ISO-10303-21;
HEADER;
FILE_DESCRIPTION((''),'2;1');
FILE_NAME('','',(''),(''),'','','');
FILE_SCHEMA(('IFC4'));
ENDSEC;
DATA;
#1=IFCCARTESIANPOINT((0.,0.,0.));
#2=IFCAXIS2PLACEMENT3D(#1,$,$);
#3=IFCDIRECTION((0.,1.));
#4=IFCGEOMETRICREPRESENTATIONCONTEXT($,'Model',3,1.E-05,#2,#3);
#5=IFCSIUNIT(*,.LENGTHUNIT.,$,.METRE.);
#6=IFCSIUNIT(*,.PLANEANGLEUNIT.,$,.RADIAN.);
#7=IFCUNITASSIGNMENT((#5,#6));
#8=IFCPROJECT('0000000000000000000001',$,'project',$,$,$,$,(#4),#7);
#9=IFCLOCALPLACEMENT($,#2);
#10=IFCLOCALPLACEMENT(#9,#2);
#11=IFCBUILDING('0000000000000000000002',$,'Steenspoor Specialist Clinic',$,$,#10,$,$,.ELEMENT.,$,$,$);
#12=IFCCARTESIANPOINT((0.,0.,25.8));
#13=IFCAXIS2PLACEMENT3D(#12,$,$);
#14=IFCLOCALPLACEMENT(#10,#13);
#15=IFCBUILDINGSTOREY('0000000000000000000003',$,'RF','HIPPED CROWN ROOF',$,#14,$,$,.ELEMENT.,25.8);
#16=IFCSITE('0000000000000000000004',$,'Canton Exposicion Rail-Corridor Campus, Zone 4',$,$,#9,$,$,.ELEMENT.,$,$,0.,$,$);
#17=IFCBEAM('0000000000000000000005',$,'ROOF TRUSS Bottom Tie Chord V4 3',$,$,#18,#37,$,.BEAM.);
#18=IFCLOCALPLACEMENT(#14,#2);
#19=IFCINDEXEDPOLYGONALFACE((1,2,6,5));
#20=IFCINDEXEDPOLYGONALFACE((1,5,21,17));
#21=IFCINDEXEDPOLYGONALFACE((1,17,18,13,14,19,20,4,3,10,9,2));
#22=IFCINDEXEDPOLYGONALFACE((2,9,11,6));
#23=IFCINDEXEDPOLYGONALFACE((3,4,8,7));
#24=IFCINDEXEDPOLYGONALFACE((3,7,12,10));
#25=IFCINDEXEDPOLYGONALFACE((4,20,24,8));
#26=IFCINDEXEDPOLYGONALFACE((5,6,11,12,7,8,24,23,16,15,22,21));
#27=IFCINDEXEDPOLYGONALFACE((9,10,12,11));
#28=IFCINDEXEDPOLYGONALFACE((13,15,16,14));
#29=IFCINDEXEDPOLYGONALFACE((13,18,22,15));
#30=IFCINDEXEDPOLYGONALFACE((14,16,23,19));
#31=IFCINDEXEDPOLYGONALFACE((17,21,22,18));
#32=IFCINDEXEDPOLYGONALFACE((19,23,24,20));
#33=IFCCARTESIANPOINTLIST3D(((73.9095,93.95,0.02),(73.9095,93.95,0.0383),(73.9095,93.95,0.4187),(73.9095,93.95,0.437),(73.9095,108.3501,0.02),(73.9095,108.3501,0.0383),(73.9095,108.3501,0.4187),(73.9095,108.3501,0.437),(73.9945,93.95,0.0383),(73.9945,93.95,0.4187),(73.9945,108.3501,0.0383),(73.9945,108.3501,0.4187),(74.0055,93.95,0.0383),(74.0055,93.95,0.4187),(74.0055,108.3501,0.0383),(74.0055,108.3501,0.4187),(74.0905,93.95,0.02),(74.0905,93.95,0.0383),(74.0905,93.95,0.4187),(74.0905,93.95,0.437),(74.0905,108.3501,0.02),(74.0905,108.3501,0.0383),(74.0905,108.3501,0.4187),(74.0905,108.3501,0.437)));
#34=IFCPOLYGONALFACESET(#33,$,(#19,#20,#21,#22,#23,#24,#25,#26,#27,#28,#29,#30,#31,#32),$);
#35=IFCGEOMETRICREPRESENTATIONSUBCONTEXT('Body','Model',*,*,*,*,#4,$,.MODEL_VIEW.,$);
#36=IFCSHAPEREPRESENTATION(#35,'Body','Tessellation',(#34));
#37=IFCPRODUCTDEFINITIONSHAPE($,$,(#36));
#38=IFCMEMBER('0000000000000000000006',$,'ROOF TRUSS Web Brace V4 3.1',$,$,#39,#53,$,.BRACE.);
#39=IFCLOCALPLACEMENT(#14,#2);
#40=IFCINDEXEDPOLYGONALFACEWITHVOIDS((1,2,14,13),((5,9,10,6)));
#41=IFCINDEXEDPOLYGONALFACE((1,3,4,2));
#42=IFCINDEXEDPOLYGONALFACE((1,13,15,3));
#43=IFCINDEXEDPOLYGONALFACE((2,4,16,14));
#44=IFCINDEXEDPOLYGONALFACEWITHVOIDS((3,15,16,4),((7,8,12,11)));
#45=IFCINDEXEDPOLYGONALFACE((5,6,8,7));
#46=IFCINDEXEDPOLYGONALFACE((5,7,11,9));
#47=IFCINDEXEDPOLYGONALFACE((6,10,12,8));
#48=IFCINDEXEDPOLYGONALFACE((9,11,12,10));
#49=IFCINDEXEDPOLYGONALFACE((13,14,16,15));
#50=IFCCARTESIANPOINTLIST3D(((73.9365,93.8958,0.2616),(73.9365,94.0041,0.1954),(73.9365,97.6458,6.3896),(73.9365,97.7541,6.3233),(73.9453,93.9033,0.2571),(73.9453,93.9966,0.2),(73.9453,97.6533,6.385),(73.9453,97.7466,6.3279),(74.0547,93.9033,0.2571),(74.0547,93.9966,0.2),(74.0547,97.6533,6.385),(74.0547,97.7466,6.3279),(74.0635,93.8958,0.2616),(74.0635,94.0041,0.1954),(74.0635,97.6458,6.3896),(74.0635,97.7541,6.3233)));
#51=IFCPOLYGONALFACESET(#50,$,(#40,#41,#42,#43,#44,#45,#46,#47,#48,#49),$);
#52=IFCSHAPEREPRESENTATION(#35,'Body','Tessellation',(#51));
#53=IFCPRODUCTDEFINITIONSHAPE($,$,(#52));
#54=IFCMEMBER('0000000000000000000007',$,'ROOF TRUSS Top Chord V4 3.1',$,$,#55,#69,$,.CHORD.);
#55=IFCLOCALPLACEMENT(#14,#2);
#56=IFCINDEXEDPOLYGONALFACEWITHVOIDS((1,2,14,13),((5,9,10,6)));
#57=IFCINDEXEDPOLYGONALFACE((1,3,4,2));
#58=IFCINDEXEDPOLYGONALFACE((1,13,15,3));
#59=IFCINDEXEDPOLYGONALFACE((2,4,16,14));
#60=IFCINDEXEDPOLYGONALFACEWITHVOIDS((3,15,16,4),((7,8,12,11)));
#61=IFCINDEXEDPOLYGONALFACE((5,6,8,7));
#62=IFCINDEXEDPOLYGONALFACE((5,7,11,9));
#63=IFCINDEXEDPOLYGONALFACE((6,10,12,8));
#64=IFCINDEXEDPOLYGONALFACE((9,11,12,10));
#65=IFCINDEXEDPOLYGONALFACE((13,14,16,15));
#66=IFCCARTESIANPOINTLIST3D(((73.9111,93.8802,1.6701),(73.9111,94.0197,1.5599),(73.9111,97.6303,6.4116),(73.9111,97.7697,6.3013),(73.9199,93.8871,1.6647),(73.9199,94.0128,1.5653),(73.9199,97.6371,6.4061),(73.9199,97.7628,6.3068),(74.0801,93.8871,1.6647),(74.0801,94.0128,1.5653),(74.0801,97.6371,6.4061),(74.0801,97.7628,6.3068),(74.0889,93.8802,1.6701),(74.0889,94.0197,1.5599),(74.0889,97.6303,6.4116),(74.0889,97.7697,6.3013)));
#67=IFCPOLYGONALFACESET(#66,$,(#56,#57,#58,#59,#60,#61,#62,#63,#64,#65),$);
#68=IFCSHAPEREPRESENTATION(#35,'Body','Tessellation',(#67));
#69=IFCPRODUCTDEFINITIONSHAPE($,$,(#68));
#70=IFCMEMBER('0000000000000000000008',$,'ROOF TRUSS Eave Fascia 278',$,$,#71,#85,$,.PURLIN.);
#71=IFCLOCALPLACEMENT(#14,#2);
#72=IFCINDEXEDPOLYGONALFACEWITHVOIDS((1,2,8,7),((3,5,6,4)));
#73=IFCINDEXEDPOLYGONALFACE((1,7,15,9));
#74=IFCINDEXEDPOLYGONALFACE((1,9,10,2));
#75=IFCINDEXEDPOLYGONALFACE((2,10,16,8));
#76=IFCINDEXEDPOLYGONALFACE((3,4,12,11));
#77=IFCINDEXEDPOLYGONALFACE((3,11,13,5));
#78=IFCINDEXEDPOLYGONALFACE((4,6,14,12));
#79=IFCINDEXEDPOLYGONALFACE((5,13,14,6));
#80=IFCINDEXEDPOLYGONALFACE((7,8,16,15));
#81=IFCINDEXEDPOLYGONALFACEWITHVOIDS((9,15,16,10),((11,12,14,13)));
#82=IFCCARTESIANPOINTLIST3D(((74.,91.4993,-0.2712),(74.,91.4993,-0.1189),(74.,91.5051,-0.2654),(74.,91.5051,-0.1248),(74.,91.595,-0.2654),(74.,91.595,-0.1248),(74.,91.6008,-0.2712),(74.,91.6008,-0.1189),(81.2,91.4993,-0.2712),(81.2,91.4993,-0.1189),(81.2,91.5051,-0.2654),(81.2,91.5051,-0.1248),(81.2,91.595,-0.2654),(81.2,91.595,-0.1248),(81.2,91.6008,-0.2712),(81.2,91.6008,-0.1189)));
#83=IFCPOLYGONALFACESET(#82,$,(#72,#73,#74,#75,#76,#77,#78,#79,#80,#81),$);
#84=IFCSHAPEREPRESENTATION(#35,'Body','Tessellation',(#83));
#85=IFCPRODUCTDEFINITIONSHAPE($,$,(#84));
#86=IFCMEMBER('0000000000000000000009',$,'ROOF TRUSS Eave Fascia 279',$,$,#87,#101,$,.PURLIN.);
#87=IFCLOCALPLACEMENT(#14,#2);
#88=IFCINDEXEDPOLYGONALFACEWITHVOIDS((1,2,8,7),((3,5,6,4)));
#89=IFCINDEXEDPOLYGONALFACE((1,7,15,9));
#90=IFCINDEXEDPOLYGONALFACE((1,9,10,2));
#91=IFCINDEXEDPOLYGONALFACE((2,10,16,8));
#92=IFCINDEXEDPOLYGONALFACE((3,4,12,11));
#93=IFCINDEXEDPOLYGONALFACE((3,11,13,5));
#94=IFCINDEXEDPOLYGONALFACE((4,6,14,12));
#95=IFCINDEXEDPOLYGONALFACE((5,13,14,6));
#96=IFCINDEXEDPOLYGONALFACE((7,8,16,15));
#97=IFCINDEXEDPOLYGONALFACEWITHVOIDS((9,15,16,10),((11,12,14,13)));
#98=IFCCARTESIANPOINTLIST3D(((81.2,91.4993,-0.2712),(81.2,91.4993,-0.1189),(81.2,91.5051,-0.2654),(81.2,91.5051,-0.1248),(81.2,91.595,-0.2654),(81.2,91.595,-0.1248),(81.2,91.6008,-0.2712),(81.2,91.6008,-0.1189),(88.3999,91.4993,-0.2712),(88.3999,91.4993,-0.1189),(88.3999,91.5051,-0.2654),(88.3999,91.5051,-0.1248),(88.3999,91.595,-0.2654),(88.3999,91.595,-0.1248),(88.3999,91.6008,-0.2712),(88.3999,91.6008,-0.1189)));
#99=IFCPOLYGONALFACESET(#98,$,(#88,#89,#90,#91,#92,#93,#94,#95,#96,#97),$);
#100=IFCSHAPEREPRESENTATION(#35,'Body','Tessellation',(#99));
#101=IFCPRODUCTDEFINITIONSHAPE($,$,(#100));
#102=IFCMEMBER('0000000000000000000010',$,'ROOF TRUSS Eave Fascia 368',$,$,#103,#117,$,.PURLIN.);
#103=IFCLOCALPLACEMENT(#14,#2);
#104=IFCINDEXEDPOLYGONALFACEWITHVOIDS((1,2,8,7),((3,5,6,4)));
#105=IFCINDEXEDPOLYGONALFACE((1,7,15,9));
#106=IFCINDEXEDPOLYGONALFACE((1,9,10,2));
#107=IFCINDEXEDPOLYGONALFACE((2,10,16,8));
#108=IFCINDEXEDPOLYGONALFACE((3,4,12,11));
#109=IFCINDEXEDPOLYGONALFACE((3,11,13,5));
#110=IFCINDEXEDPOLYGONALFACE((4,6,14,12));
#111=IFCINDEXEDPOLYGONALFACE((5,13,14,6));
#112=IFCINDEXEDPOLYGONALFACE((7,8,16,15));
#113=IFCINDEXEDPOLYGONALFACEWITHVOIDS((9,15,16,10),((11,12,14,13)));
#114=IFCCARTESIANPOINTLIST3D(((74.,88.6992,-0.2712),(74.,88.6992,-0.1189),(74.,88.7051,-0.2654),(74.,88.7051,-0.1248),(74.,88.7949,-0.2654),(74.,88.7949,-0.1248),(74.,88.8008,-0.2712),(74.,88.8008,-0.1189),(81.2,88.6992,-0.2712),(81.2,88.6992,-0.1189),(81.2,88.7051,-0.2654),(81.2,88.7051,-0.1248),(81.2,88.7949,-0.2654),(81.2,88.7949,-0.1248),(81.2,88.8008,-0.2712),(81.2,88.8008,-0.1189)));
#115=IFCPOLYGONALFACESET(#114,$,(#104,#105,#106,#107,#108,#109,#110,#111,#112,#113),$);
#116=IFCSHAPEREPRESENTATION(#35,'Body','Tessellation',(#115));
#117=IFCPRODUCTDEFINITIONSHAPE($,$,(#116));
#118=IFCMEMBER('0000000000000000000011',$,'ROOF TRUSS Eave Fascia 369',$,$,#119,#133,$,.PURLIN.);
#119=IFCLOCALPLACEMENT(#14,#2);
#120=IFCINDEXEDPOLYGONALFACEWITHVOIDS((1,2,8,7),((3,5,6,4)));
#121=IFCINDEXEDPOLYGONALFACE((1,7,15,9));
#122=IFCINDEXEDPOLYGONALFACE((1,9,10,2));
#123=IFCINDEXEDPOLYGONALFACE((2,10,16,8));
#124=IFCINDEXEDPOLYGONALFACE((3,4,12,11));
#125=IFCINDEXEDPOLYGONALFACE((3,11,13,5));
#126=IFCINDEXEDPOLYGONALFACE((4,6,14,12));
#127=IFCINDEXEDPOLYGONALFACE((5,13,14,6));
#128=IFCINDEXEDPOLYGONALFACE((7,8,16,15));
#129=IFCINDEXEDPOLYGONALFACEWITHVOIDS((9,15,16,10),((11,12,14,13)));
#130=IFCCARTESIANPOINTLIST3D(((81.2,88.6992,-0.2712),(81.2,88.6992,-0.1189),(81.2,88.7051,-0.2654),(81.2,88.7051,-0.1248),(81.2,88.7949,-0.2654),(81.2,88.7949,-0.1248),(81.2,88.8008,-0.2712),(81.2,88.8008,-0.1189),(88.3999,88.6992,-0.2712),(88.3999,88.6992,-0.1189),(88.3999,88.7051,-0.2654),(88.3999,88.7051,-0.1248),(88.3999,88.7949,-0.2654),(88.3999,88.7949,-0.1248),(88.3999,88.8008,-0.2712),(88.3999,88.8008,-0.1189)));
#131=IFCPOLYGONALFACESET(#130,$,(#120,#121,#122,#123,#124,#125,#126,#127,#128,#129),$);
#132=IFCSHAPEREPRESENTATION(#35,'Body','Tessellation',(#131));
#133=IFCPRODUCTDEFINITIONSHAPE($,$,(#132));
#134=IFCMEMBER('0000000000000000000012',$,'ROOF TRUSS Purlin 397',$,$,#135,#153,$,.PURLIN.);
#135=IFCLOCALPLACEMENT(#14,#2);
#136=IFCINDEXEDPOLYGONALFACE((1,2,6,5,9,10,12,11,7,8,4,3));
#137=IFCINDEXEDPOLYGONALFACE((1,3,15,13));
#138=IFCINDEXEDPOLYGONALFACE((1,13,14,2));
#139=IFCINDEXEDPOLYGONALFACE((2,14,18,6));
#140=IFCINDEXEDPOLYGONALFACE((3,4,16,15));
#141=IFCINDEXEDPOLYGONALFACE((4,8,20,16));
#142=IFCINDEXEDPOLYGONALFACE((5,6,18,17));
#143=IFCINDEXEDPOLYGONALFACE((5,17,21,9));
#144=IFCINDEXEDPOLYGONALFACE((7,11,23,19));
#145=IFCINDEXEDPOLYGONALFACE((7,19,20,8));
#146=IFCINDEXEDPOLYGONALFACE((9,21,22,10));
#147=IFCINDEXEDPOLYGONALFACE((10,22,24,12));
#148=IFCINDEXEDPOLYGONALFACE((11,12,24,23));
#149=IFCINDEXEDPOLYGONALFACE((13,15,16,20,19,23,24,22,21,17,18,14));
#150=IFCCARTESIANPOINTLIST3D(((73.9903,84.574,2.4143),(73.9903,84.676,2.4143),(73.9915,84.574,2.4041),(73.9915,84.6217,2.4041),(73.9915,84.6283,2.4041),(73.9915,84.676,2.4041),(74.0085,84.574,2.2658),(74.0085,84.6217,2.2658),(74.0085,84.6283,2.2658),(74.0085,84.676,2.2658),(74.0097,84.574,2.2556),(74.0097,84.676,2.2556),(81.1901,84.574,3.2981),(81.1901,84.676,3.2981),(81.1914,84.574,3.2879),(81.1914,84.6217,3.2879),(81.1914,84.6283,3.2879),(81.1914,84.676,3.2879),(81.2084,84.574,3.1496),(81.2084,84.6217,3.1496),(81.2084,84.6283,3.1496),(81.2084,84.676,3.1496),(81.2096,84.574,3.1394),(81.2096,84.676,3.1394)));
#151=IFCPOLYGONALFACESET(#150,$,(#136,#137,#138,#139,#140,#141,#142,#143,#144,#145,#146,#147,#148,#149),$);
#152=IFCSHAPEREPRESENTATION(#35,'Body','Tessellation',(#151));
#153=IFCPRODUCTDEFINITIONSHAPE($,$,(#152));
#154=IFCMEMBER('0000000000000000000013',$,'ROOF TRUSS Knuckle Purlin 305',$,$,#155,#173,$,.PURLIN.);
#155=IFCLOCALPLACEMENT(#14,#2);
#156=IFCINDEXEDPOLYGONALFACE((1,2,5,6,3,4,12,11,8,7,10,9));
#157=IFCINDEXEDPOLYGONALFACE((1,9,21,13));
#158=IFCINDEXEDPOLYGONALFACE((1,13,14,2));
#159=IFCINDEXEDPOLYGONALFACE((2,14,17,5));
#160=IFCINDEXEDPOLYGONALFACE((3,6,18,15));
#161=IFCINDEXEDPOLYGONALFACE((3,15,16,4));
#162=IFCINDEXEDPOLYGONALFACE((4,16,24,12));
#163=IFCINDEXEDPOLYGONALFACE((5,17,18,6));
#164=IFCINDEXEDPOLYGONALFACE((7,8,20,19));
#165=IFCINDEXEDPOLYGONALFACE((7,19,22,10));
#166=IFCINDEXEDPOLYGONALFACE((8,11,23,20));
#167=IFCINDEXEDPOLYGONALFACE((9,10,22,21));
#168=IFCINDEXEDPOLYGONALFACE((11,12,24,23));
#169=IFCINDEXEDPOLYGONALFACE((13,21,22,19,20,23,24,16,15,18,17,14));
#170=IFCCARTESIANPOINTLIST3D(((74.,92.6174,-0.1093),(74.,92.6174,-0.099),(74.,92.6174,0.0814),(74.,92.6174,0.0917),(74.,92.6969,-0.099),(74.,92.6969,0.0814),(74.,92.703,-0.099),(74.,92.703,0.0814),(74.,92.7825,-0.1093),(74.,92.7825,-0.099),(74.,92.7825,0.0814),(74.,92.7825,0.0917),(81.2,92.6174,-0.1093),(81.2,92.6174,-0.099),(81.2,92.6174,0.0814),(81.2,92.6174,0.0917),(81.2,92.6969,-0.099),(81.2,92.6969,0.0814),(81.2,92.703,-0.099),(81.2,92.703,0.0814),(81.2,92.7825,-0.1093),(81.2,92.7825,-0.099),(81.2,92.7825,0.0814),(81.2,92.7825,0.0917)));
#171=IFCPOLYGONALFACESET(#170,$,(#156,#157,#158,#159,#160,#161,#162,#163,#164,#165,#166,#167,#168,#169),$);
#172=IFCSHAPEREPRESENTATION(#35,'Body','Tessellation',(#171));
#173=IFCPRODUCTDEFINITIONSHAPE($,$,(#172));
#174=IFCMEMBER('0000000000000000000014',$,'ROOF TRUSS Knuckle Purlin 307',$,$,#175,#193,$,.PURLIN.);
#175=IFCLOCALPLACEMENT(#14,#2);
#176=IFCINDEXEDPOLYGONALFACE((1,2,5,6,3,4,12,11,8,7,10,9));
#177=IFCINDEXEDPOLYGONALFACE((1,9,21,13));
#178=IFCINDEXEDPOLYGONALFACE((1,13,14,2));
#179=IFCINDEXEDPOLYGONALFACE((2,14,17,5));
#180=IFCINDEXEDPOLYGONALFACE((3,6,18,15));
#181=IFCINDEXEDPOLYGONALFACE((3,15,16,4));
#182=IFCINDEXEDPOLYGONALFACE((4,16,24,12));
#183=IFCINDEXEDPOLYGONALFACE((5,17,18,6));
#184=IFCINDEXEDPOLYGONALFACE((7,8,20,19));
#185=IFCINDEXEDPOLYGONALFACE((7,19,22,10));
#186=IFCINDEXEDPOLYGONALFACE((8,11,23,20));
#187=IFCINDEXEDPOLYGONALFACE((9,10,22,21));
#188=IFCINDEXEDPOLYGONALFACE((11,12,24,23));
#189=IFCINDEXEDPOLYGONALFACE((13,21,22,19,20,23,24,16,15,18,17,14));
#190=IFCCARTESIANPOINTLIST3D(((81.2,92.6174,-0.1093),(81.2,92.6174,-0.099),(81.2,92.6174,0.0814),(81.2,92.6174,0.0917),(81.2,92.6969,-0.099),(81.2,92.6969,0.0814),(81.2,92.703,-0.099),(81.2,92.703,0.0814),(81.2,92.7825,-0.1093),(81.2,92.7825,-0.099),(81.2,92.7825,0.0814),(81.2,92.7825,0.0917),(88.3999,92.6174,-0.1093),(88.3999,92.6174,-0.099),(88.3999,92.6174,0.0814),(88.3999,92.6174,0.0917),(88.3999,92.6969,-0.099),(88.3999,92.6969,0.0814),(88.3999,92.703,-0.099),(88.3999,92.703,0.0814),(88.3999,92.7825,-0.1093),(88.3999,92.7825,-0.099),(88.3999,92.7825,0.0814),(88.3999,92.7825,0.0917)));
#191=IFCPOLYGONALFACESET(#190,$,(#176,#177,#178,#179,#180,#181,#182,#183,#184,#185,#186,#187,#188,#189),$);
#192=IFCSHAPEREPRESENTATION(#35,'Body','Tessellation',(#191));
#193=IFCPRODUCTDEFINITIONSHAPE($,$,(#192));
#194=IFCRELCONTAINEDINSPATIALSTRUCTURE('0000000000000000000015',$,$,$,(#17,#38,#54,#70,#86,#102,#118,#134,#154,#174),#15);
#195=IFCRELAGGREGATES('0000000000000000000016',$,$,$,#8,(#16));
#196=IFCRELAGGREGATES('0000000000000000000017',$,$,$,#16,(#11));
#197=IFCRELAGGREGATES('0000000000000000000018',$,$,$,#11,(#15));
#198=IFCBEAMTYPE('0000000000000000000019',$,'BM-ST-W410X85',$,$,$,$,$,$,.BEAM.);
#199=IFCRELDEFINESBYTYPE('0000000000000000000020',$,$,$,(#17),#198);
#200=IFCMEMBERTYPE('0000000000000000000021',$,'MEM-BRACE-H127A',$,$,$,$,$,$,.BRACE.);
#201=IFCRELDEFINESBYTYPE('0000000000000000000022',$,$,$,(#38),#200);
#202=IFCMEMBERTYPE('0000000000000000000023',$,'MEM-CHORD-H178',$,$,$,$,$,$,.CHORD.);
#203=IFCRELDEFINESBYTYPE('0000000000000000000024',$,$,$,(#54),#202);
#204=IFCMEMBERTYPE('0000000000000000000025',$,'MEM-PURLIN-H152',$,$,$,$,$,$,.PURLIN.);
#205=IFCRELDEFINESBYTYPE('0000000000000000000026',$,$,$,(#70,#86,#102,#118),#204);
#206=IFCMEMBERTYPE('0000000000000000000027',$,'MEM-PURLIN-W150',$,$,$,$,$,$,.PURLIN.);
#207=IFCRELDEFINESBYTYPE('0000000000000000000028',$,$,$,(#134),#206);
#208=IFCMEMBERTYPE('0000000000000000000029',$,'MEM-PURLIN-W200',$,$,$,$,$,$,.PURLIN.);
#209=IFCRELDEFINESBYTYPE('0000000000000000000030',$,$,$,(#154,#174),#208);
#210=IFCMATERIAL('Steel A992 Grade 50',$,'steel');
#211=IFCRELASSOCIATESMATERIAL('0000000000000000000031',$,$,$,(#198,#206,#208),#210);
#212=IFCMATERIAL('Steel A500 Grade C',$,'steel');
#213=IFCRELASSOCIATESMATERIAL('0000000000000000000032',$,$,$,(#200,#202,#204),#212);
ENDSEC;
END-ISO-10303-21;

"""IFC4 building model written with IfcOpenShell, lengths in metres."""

from ifc_helpers import new_model, si_unit, direction, frame, origin, origin_2d, place, context, subcontext, project, spatial, hollow_rectangle, i_section, extrude, material, material_profile, profile_set, type_object, element, save


model = new_model("IFC4")

# Units and contexts
model_context = context("Model", 3, precision=1e-05, world=origin(), true_north=direction((0.0, 1.0)))
body_context = subcontext(model_context, "Body", "Model", "MODEL_VIEW")
ifc_project = project(units=[si_unit("LENGTHUNIT", "METRE"), si_unit("PLANEANGLEUNIT", "RADIAN")], contexts=[model_context])

# Site, building, storey
site_placement = place(None, origin())
site = spatial("IfcSite", under=ifc_project, at=site_placement, Name="Canton Exposicion Rail-Corridor Campus, Zone 4", CompositionType="ELEMENT", RefElevation=0.0)
building_placement = place(site_placement, origin())
building = spatial("IfcBuilding", under=site, at=building_placement, Name="Steenspoor Specialist Clinic", CompositionType="ELEMENT")
storey_placement = place(building_placement, frame((0.0, 0.0, 25.8)))
storey = spatial("IfcBuildingStorey", under=building, at=storey_placement, Name="RF", Description="HIPPED CROWN ROOF", CompositionType="ELEMENT", Elevation=25.8)

# Beam
ifc_material_1 = material(Name="Steel A992 Grade 50", Category="steel")
ifc_material_profile_1 = material_profile(ifc_material_1, i_section(OverallWidth=0.1809, OverallDepth=0.417, WebThickness=0.011, FlangeThickness=0.0183, at=origin_2d()), Name="W410X85")
ifc_profile_set_1 = profile_set([ifc_material_profile_1], Name="Steel A992 Grade 50")
beam_type = type_object("IfcBeamType", Name="BM-ST-W410X85", PredefinedType="BEAM", material=ifc_profile_set_1)
beam_placement = place(storey_placement, frame((74.0, 93.95, 0.2285), z_axis=(0.0, 1.0, 0.0), x_axis=(-1.0, 0.0, 0.0)))
element("IfcBeam", 1, at=beam_placement, inside=storey, type_object=beam_type, Name="ROOF TRUSS Bottom Tie Chord V4 3", PredefinedType="BEAM", context=body_context, shape_type="SweptSolid", body=[
    extrude(i_section(OverallWidth=0.1809, OverallDepth=0.417, WebThickness=0.011, FlangeThickness=0.0183, at=origin_2d()), origin(), (0.0, 0.0, 1.0), 14.4001),
])

# Members
ifc_material_2 = material(Name="Steel A500 Grade C", Category="steel")
ifc_material_profile_2 = material_profile(ifc_material_2, hollow_rectangle(XDim=0.127, YDim=0.127, WallThickness=0.0088, at=origin_2d()), Name="HSS127X127X9.5")
ifc_profile_set_2 = profile_set([ifc_material_profile_2], Name="Steel A500 Grade C")
member_type_1 = type_object("IfcMemberType", Name="MEM-BRACE-H127A", PredefinedType="BRACE", material=ifc_profile_set_2)
member_1_placement = place(storey_placement, frame((74.0, 93.95, 0.2285), z_axis=(0.0, 0.521972, 0.852962), x_axis=(-1.0, 0.0, 0.0)))
element("IfcMember", 2, at=member_1_placement, inside=storey, type_object=member_type_1, Name="ROOF TRUSS Web Brace V4 3.1", PredefinedType="BRACE", context=body_context, shape_type="SweptSolid", body=[
    extrude(hollow_rectangle(XDim=0.127, YDim=0.127, WallThickness=0.0088, at=origin_2d()), origin(), (0.0, 0.0, 1.0), 7.1843),
])
ifc_material_profile_3 = material_profile(ifc_material_2, hollow_rectangle(XDim=0.1777, YDim=0.1777, WallThickness=0.0088, at=origin_2d()), Name="HSS178X178X9.5")
ifc_profile_set_3 = profile_set([ifc_material_profile_3], Name="Steel A500 Grade C")
member_type_2 = type_object("IfcMemberType", Name="MEM-CHORD-H178", PredefinedType="CHORD", material=ifc_profile_set_3)
member_2_placement = place(storey_placement, frame((74.0, 93.95, 1.615), z_axis=(0.0, 0.620332, 0.78434), x_axis=(-1.0, 0.0, 0.0)))
element("IfcMember", 3, at=member_2_placement, inside=storey, type_object=member_type_2, Name="ROOF TRUSS Top Chord V4 3.1", PredefinedType="CHORD", context=body_context, shape_type="SweptSolid", body=[
    extrude(hollow_rectangle(XDim=0.1777, YDim=0.1777, WallThickness=0.0088, at=origin_2d()), origin(), (0.0, 0.0, 1.0), 6.0452),
])
ifc_material_profile_4 = material_profile(ifc_material_2, hollow_rectangle(XDim=0.1016, YDim=0.1523, WallThickness=0.0059, at=origin_2d()), Name="HSS152X102X6.4")
ifc_profile_set_4 = profile_set([ifc_material_profile_4], Name="Steel A500 Grade C")
member_type_3 = type_object("IfcMemberType", Name="MEM-PURLIN-H152", PredefinedType="PURLIN", material=ifc_profile_set_4)
for number, where, z_axis, x_axis, name in (
    (4, (74.0, 91.55, -0.1951), (1.0, 0.0, 0.0), (0.0, 1.0, 0.0), "ROOF TRUSS Eave Fascia 278"),
    (5, (81.2, 91.55, -0.1951), (1.0, 0.0, 0.0), (0.0, 1.0, 0.0), "ROOF TRUSS Eave Fascia 279"),
    (6, (74.0, 88.75, -0.1951), (1.0, 0.0, 0.0), (0.0, 1.0, 0.0), "ROOF TRUSS Eave Fascia 368"),
    (7, (81.2, 88.75, -0.1951), (1.0, 0.0, 0.0), (0.0, 1.0, 0.0), "ROOF TRUSS Eave Fascia 369"),
):
    element("IfcMember", number, at=place(storey_placement, frame(where, z_axis=z_axis, x_axis=x_axis)), inside=storey, type_object=member_type_3, Name=name, PredefinedType="PURLIN", context=body_context, shape_type="SweptSolid", body=[
        extrude(hollow_rectangle(XDim=0.1016, YDim=0.1523, WallThickness=0.0059, at=origin_2d()), origin(), (0.0, 0.0, 1.0), 7.2),
    ])
ifc_material_profile_5 = material_profile(ifc_material_1, i_section(OverallWidth=0.1021, OverallDepth=0.1599, WebThickness=0.0066, FlangeThickness=0.0103, at=origin_2d()), Name="W150X24")
ifc_profile_set_5 = profile_set([ifc_material_profile_5], Name="Steel A992 Grade 50")
member_type_4 = type_object("IfcMemberType", Name="MEM-PURLIN-W150", PredefinedType="PURLIN", material=ifc_profile_set_5)
member_3_placement = place(storey_placement, frame((74.0, 84.625, 2.335), z_axis=(0.99255, 0.0, 0.121835), x_axis=(0.0, 1.0, 0.0)))
element("IfcMember", 8, at=member_3_placement, inside=storey, type_object=member_type_4, Name="ROOF TRUSS Purlin 397", PredefinedType="PURLIN", context=body_context, shape_type="SweptSolid", body=[
    extrude(i_section(OverallWidth=0.1021, OverallDepth=0.1599, WebThickness=0.0066, FlangeThickness=0.0103, at=origin_2d()), origin(), (0.0, 0.0, 1.0), 7.2539),
])
ifc_material_profile_6 = material_profile(ifc_material_1, i_section(OverallWidth=0.165, OverallDepth=0.2009, WebThickness=0.0061, FlangeThickness=0.0103, at=origin_2d()), Name="W200X36")
ifc_profile_set_6 = profile_set([ifc_material_profile_6], Name="Steel A992 Grade 50")
member_type_5 = type_object("IfcMemberType", Name="MEM-PURLIN-W200", PredefinedType="PURLIN", material=ifc_profile_set_6)
for number, where, z_axis, x_axis, name in (
    (9, (74.0, 92.7, -0.0088), (1.0, 0.0, 0.0), (0.0, 1.0, 0.0), "ROOF TRUSS Knuckle Purlin 305"),
    (10, (81.2, 92.7, -0.0088), (1.0, 0.0, 0.0), (0.0, 1.0, 0.0), "ROOF TRUSS Knuckle Purlin 307"),
):
    element("IfcMember", number, at=place(storey_placement, frame(where, z_axis=z_axis, x_axis=x_axis)), inside=storey, type_object=member_type_5, Name=name, PredefinedType="PURLIN", context=body_context, shape_type="SweptSolid", body=[
        extrude(i_section(OverallWidth=0.165, OverallDepth=0.2009, WebThickness=0.0061, FlangeThickness=0.0103, at=origin_2d()), origin(), (0.0, 0.0, 1.0), 7.2),
    ])

save(model, "model.ifc")
